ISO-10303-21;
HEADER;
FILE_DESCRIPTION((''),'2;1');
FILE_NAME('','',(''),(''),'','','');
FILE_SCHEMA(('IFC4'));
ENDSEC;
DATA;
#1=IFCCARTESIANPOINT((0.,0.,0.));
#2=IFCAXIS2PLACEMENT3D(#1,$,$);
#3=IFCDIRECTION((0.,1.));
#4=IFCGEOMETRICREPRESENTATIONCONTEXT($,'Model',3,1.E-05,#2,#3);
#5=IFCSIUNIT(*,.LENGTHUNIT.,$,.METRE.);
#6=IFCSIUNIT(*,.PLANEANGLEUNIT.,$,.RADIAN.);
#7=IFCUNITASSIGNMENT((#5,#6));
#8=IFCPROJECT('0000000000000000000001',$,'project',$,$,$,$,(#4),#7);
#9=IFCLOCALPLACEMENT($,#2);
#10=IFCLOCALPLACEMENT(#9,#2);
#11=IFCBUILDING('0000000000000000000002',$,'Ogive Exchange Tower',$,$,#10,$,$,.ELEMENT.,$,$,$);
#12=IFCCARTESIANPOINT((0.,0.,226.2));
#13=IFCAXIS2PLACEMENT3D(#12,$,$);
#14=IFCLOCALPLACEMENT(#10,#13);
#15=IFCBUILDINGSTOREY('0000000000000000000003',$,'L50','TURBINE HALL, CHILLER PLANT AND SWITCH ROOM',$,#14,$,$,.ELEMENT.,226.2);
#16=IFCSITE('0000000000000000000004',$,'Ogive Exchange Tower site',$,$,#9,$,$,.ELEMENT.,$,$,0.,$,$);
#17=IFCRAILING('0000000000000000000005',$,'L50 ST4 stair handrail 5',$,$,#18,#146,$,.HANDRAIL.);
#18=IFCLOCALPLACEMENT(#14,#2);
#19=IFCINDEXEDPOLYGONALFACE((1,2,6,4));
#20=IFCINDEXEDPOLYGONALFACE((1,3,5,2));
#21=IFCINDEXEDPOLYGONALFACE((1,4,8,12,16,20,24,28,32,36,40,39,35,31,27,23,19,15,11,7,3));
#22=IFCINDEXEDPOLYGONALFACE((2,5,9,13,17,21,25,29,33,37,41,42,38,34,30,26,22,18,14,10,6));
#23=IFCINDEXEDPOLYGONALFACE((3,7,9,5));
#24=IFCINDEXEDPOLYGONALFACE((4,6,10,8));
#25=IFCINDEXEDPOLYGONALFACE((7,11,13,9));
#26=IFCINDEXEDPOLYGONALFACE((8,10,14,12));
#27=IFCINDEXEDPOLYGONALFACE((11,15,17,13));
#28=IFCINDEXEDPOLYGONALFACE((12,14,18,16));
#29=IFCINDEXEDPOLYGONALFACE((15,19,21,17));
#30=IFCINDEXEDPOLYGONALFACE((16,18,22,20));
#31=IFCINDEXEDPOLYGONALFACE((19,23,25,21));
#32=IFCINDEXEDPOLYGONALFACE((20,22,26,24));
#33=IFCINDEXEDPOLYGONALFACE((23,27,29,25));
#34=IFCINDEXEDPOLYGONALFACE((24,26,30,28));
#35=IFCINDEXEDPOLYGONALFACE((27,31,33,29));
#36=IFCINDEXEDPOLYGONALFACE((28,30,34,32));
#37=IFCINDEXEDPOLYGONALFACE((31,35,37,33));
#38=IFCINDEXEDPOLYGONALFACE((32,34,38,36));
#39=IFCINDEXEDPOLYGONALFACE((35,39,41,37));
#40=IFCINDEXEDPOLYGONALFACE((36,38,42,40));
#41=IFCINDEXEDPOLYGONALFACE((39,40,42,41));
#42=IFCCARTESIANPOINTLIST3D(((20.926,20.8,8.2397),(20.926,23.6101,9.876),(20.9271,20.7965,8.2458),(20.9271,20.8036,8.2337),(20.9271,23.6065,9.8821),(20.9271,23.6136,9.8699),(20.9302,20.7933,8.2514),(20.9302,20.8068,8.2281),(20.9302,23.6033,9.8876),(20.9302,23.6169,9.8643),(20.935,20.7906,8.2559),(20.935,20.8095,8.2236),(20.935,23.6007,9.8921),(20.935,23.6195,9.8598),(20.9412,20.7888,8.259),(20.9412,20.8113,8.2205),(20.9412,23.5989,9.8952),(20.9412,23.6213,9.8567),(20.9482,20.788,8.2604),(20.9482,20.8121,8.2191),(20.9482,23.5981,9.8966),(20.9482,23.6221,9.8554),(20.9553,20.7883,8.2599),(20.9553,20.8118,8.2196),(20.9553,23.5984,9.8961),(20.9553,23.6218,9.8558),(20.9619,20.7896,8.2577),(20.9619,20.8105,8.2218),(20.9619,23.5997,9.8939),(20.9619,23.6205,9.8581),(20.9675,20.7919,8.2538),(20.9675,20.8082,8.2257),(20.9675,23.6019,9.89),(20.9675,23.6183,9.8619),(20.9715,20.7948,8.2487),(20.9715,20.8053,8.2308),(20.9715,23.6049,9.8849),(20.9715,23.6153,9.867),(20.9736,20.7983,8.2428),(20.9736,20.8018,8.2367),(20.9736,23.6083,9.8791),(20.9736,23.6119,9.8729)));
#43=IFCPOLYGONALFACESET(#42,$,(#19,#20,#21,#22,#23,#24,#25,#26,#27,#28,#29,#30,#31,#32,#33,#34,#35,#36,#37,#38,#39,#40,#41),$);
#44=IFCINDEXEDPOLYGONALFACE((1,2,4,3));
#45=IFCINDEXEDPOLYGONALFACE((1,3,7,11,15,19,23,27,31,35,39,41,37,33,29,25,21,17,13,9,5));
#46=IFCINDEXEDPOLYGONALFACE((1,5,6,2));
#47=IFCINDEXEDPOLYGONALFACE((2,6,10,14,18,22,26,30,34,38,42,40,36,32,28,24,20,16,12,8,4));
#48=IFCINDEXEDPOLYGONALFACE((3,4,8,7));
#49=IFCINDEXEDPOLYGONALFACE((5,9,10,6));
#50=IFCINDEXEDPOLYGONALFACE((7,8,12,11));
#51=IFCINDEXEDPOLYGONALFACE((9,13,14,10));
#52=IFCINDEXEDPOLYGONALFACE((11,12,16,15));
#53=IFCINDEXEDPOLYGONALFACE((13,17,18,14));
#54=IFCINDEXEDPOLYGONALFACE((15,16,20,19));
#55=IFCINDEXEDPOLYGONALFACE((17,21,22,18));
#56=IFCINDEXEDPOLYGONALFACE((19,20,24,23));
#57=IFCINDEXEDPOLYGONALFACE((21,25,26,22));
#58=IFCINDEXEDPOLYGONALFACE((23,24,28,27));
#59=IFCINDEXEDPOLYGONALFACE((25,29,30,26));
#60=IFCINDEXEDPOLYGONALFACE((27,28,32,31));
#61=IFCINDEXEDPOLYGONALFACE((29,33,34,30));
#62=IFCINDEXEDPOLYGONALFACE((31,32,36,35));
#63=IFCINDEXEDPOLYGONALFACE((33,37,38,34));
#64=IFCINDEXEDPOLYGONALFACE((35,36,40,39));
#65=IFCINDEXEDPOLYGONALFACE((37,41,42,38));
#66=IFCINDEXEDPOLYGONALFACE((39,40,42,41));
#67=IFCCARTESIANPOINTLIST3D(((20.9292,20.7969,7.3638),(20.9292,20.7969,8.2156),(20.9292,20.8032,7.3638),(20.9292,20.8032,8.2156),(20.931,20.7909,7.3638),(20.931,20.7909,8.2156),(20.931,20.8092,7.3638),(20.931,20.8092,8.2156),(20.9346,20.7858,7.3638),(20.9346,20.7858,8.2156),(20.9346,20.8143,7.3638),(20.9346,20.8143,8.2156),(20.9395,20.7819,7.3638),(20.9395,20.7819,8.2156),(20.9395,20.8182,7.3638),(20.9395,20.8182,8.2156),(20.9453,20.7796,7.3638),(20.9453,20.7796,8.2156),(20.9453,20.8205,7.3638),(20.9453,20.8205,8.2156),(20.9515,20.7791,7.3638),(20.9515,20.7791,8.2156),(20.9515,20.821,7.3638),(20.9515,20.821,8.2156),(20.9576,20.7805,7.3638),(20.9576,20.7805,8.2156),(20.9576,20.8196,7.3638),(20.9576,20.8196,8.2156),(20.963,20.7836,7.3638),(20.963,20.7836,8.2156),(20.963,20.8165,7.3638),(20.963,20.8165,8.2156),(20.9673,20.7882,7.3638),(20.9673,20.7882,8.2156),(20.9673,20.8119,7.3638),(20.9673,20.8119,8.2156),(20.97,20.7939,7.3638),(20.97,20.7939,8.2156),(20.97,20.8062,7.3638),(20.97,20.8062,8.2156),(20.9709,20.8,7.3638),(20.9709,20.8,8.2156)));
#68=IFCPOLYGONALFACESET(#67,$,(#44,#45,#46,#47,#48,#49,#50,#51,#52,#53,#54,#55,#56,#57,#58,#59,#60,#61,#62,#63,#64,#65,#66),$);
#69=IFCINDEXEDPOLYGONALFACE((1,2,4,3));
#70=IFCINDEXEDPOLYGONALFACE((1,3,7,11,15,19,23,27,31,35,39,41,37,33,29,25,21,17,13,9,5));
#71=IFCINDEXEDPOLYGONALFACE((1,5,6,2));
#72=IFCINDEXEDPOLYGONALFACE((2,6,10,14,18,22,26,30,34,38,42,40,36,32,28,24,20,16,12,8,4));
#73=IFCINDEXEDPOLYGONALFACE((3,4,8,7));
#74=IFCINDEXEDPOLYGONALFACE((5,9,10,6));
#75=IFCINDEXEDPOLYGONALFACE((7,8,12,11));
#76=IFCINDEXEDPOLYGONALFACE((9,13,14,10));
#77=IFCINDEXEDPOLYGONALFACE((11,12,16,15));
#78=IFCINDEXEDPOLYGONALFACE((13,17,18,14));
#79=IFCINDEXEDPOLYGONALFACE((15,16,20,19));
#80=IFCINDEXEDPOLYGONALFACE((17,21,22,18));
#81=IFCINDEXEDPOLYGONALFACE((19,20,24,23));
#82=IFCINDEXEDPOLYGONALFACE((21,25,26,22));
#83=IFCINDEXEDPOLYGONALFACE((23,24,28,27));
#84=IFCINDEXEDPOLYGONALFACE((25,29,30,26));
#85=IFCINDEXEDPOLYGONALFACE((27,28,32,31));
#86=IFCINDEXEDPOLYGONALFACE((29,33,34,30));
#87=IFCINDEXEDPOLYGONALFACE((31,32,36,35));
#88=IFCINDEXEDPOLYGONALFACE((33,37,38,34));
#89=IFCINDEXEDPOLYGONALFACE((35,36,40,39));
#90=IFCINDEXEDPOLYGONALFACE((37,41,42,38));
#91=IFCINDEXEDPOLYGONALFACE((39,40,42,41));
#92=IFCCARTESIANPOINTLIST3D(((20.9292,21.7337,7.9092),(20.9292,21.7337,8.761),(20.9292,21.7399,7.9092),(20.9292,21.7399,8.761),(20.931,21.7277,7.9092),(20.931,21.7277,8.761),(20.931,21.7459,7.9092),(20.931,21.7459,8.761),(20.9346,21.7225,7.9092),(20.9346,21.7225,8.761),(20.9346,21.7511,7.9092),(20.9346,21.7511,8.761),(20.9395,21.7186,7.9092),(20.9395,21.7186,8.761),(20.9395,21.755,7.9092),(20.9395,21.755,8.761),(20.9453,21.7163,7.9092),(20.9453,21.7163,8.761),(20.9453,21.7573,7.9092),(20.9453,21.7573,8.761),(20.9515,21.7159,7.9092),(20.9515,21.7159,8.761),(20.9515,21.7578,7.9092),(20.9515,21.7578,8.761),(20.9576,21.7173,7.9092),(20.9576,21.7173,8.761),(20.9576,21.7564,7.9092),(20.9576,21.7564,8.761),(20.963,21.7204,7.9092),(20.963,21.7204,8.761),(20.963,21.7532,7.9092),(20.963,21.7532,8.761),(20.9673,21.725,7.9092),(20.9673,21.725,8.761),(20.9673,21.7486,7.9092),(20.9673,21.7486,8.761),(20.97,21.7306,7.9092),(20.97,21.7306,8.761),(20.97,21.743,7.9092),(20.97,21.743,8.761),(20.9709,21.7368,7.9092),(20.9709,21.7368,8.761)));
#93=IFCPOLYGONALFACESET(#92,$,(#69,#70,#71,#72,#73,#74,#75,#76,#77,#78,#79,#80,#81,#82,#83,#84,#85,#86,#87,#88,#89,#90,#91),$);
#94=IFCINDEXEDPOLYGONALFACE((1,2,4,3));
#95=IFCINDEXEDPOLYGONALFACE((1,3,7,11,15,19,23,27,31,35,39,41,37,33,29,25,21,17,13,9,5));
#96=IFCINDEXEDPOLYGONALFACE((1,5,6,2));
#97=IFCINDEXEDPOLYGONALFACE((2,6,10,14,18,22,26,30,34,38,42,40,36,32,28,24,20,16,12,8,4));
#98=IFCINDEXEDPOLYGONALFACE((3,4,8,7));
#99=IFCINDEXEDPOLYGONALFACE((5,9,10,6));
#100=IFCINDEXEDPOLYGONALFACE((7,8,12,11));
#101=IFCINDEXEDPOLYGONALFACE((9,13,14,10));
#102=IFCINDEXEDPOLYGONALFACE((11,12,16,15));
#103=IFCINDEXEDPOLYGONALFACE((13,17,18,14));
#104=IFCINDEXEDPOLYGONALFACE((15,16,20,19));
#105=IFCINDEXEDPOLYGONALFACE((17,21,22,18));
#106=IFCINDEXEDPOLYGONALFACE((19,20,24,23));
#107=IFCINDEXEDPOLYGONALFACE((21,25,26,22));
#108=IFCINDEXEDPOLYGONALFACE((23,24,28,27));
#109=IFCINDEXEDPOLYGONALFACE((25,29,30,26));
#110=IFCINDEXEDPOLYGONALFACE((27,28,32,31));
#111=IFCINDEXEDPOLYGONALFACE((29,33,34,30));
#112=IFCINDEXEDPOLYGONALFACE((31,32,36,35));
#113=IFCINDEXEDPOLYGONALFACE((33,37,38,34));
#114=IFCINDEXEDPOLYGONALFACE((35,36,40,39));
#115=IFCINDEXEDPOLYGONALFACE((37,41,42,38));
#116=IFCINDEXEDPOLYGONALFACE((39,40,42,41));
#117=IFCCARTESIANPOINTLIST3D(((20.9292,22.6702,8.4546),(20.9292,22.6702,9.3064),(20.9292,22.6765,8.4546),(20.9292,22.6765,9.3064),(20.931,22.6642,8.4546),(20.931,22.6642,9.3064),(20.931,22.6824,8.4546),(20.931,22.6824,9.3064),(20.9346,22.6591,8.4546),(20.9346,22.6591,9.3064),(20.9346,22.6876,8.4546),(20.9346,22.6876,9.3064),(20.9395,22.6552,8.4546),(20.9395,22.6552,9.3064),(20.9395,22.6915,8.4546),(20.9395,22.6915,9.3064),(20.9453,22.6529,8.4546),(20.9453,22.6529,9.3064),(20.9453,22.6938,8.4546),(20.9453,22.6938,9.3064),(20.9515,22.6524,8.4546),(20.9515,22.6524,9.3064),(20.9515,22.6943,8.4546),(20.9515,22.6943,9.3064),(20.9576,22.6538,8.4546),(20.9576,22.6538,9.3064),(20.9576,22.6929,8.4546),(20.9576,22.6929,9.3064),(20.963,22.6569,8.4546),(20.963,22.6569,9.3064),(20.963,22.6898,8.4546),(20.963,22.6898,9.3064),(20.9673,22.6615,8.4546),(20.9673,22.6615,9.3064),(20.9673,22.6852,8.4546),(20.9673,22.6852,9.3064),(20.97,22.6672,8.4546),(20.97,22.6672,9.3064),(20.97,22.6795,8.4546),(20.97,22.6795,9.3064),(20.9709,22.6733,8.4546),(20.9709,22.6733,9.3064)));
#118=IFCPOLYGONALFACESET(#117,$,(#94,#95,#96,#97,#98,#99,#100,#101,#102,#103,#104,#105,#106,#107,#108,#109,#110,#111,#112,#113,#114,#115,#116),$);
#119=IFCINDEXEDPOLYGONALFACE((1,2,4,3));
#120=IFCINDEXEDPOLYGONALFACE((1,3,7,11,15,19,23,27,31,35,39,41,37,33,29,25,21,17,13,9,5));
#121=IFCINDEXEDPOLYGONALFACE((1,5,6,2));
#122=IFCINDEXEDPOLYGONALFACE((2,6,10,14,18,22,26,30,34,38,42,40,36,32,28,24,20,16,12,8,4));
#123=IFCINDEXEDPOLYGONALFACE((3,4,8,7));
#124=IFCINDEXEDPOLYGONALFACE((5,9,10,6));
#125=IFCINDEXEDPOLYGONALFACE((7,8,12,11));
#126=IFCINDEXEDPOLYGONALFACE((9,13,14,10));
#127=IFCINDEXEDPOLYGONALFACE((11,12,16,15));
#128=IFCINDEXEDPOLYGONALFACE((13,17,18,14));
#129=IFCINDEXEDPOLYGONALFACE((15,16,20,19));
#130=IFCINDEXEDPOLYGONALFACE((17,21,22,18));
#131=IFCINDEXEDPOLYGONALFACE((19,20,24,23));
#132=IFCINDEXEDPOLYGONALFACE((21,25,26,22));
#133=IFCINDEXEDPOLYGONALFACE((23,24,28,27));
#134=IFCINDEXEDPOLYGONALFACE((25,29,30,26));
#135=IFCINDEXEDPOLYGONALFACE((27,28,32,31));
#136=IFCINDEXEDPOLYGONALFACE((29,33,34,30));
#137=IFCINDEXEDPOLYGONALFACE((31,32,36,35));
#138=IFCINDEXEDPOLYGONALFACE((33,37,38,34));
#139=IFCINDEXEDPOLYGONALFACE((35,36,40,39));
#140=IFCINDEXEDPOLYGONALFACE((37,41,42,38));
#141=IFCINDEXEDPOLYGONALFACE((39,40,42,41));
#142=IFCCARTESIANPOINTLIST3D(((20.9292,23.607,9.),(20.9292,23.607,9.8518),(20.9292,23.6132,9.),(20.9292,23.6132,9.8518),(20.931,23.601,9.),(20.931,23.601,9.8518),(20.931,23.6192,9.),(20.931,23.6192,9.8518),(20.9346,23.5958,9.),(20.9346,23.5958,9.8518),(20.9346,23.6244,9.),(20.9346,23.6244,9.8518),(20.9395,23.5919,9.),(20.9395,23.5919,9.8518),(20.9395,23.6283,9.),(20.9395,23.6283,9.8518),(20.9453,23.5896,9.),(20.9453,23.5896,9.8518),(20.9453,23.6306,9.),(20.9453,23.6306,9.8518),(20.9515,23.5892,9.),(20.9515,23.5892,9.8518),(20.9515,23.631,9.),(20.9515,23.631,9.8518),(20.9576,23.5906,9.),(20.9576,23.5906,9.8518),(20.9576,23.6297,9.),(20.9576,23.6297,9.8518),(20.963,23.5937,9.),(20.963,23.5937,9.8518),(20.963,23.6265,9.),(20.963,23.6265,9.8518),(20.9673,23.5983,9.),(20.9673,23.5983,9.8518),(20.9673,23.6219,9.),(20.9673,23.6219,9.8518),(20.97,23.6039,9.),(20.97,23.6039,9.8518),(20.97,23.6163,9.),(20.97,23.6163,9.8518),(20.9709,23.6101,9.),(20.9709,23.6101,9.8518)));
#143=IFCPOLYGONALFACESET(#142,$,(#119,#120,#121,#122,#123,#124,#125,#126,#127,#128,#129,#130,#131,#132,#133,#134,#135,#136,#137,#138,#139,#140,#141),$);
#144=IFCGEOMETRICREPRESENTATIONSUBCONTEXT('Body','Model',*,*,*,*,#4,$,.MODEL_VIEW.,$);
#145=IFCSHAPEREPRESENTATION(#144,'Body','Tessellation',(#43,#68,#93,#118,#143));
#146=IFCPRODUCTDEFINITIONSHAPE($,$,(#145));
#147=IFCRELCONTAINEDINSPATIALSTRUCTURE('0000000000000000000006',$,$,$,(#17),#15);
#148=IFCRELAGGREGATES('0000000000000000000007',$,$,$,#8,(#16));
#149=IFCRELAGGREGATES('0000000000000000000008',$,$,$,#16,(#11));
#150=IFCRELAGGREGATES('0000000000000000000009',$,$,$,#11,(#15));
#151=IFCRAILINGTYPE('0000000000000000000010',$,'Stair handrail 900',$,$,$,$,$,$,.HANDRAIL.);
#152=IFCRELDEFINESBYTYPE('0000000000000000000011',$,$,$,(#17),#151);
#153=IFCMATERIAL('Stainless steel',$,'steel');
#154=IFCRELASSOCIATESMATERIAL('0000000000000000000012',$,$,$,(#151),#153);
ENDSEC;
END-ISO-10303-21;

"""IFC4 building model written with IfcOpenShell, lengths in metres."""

from ifc_helpers import new_model, si_unit, direction, frame, origin, origin_2d, place, context, subcontext, project, spatial, circle, extrude, material, type_object, element, save


model = new_model("IFC4")

# Units and contexts
model_context = context("Model", 3, precision=1e-05, world=origin(), true_north=direction((0.0, 1.0)))
body_context = subcontext(model_context, "Body", "Model", "MODEL_VIEW")
ifc_project = project(units=[si_unit("LENGTHUNIT", "METRE"), si_unit("PLANEANGLEUNIT", "RADIAN")], contexts=[model_context])

# Site, building, storey
site_placement = place(None, origin())
site = spatial("IfcSite", under=ifc_project, at=site_placement, Name="Ogive Exchange Tower site", CompositionType="ELEMENT", RefElevation=0.0)
building_placement = place(site_placement, origin())
building = spatial("IfcBuilding", under=site, at=building_placement, Name="Ogive Exchange Tower", CompositionType="ELEMENT")
storey_placement = place(building_placement, frame((0.0, 0.0, 226.2)))
storey = spatial("IfcBuildingStorey", under=building, at=storey_placement, Name="L50", Description="TURBINE HALL, CHILLER PLANT AND SWITCH ROOM", CompositionType="ELEMENT", Elevation=226.2)

# Railing
ifc_material_1 = material(Name="Stainless steel", Category="steel")
railing_type = type_object("IfcRailingType", Name="Stair handrail 900", PredefinedType="HANDRAIL", material=ifc_material_1)
railing_1_placement = place(storey_placement, frame((20.95, 20.8, 7.3638)))
element("IfcRailing", 1, at=railing_1_placement, inside=storey, type_object=railing_type, Name="L50 ST4 stair handrail 5", PredefinedType="HANDRAIL", context=body_context, shape_type="SweptSolid", body=[
    extrude(circle(Radius=0.0239, at=origin_2d()), frame((0.0, 0.0, 0.876), z_axis=(0.0, 0.864176, 0.503189), x_axis=(-1.0, 0.0, 0.0)), (0.0, 0.0, 1.0), 3.2517),
    extrude(circle(Radius=0.021, at=origin_2d()), origin(), (0.0, 0.0, 1.0), 0.8518),
    extrude(circle(Radius=0.021, at=origin_2d()), frame((0.0, 0.9368, 0.5454)), (0.0, 0.0, 1.0), 0.8518),
    extrude(circle(Radius=0.021, at=origin_2d()), frame((0.0, 1.8733, 1.0908)), (0.0, 0.0, 1.0), 0.8518),
    extrude(circle(Radius=0.021, at=origin_2d()), frame((0.0, 2.8101, 1.6362)), (0.0, 0.0, 1.0), 0.8518),
])

save(model, "model.ifc")
